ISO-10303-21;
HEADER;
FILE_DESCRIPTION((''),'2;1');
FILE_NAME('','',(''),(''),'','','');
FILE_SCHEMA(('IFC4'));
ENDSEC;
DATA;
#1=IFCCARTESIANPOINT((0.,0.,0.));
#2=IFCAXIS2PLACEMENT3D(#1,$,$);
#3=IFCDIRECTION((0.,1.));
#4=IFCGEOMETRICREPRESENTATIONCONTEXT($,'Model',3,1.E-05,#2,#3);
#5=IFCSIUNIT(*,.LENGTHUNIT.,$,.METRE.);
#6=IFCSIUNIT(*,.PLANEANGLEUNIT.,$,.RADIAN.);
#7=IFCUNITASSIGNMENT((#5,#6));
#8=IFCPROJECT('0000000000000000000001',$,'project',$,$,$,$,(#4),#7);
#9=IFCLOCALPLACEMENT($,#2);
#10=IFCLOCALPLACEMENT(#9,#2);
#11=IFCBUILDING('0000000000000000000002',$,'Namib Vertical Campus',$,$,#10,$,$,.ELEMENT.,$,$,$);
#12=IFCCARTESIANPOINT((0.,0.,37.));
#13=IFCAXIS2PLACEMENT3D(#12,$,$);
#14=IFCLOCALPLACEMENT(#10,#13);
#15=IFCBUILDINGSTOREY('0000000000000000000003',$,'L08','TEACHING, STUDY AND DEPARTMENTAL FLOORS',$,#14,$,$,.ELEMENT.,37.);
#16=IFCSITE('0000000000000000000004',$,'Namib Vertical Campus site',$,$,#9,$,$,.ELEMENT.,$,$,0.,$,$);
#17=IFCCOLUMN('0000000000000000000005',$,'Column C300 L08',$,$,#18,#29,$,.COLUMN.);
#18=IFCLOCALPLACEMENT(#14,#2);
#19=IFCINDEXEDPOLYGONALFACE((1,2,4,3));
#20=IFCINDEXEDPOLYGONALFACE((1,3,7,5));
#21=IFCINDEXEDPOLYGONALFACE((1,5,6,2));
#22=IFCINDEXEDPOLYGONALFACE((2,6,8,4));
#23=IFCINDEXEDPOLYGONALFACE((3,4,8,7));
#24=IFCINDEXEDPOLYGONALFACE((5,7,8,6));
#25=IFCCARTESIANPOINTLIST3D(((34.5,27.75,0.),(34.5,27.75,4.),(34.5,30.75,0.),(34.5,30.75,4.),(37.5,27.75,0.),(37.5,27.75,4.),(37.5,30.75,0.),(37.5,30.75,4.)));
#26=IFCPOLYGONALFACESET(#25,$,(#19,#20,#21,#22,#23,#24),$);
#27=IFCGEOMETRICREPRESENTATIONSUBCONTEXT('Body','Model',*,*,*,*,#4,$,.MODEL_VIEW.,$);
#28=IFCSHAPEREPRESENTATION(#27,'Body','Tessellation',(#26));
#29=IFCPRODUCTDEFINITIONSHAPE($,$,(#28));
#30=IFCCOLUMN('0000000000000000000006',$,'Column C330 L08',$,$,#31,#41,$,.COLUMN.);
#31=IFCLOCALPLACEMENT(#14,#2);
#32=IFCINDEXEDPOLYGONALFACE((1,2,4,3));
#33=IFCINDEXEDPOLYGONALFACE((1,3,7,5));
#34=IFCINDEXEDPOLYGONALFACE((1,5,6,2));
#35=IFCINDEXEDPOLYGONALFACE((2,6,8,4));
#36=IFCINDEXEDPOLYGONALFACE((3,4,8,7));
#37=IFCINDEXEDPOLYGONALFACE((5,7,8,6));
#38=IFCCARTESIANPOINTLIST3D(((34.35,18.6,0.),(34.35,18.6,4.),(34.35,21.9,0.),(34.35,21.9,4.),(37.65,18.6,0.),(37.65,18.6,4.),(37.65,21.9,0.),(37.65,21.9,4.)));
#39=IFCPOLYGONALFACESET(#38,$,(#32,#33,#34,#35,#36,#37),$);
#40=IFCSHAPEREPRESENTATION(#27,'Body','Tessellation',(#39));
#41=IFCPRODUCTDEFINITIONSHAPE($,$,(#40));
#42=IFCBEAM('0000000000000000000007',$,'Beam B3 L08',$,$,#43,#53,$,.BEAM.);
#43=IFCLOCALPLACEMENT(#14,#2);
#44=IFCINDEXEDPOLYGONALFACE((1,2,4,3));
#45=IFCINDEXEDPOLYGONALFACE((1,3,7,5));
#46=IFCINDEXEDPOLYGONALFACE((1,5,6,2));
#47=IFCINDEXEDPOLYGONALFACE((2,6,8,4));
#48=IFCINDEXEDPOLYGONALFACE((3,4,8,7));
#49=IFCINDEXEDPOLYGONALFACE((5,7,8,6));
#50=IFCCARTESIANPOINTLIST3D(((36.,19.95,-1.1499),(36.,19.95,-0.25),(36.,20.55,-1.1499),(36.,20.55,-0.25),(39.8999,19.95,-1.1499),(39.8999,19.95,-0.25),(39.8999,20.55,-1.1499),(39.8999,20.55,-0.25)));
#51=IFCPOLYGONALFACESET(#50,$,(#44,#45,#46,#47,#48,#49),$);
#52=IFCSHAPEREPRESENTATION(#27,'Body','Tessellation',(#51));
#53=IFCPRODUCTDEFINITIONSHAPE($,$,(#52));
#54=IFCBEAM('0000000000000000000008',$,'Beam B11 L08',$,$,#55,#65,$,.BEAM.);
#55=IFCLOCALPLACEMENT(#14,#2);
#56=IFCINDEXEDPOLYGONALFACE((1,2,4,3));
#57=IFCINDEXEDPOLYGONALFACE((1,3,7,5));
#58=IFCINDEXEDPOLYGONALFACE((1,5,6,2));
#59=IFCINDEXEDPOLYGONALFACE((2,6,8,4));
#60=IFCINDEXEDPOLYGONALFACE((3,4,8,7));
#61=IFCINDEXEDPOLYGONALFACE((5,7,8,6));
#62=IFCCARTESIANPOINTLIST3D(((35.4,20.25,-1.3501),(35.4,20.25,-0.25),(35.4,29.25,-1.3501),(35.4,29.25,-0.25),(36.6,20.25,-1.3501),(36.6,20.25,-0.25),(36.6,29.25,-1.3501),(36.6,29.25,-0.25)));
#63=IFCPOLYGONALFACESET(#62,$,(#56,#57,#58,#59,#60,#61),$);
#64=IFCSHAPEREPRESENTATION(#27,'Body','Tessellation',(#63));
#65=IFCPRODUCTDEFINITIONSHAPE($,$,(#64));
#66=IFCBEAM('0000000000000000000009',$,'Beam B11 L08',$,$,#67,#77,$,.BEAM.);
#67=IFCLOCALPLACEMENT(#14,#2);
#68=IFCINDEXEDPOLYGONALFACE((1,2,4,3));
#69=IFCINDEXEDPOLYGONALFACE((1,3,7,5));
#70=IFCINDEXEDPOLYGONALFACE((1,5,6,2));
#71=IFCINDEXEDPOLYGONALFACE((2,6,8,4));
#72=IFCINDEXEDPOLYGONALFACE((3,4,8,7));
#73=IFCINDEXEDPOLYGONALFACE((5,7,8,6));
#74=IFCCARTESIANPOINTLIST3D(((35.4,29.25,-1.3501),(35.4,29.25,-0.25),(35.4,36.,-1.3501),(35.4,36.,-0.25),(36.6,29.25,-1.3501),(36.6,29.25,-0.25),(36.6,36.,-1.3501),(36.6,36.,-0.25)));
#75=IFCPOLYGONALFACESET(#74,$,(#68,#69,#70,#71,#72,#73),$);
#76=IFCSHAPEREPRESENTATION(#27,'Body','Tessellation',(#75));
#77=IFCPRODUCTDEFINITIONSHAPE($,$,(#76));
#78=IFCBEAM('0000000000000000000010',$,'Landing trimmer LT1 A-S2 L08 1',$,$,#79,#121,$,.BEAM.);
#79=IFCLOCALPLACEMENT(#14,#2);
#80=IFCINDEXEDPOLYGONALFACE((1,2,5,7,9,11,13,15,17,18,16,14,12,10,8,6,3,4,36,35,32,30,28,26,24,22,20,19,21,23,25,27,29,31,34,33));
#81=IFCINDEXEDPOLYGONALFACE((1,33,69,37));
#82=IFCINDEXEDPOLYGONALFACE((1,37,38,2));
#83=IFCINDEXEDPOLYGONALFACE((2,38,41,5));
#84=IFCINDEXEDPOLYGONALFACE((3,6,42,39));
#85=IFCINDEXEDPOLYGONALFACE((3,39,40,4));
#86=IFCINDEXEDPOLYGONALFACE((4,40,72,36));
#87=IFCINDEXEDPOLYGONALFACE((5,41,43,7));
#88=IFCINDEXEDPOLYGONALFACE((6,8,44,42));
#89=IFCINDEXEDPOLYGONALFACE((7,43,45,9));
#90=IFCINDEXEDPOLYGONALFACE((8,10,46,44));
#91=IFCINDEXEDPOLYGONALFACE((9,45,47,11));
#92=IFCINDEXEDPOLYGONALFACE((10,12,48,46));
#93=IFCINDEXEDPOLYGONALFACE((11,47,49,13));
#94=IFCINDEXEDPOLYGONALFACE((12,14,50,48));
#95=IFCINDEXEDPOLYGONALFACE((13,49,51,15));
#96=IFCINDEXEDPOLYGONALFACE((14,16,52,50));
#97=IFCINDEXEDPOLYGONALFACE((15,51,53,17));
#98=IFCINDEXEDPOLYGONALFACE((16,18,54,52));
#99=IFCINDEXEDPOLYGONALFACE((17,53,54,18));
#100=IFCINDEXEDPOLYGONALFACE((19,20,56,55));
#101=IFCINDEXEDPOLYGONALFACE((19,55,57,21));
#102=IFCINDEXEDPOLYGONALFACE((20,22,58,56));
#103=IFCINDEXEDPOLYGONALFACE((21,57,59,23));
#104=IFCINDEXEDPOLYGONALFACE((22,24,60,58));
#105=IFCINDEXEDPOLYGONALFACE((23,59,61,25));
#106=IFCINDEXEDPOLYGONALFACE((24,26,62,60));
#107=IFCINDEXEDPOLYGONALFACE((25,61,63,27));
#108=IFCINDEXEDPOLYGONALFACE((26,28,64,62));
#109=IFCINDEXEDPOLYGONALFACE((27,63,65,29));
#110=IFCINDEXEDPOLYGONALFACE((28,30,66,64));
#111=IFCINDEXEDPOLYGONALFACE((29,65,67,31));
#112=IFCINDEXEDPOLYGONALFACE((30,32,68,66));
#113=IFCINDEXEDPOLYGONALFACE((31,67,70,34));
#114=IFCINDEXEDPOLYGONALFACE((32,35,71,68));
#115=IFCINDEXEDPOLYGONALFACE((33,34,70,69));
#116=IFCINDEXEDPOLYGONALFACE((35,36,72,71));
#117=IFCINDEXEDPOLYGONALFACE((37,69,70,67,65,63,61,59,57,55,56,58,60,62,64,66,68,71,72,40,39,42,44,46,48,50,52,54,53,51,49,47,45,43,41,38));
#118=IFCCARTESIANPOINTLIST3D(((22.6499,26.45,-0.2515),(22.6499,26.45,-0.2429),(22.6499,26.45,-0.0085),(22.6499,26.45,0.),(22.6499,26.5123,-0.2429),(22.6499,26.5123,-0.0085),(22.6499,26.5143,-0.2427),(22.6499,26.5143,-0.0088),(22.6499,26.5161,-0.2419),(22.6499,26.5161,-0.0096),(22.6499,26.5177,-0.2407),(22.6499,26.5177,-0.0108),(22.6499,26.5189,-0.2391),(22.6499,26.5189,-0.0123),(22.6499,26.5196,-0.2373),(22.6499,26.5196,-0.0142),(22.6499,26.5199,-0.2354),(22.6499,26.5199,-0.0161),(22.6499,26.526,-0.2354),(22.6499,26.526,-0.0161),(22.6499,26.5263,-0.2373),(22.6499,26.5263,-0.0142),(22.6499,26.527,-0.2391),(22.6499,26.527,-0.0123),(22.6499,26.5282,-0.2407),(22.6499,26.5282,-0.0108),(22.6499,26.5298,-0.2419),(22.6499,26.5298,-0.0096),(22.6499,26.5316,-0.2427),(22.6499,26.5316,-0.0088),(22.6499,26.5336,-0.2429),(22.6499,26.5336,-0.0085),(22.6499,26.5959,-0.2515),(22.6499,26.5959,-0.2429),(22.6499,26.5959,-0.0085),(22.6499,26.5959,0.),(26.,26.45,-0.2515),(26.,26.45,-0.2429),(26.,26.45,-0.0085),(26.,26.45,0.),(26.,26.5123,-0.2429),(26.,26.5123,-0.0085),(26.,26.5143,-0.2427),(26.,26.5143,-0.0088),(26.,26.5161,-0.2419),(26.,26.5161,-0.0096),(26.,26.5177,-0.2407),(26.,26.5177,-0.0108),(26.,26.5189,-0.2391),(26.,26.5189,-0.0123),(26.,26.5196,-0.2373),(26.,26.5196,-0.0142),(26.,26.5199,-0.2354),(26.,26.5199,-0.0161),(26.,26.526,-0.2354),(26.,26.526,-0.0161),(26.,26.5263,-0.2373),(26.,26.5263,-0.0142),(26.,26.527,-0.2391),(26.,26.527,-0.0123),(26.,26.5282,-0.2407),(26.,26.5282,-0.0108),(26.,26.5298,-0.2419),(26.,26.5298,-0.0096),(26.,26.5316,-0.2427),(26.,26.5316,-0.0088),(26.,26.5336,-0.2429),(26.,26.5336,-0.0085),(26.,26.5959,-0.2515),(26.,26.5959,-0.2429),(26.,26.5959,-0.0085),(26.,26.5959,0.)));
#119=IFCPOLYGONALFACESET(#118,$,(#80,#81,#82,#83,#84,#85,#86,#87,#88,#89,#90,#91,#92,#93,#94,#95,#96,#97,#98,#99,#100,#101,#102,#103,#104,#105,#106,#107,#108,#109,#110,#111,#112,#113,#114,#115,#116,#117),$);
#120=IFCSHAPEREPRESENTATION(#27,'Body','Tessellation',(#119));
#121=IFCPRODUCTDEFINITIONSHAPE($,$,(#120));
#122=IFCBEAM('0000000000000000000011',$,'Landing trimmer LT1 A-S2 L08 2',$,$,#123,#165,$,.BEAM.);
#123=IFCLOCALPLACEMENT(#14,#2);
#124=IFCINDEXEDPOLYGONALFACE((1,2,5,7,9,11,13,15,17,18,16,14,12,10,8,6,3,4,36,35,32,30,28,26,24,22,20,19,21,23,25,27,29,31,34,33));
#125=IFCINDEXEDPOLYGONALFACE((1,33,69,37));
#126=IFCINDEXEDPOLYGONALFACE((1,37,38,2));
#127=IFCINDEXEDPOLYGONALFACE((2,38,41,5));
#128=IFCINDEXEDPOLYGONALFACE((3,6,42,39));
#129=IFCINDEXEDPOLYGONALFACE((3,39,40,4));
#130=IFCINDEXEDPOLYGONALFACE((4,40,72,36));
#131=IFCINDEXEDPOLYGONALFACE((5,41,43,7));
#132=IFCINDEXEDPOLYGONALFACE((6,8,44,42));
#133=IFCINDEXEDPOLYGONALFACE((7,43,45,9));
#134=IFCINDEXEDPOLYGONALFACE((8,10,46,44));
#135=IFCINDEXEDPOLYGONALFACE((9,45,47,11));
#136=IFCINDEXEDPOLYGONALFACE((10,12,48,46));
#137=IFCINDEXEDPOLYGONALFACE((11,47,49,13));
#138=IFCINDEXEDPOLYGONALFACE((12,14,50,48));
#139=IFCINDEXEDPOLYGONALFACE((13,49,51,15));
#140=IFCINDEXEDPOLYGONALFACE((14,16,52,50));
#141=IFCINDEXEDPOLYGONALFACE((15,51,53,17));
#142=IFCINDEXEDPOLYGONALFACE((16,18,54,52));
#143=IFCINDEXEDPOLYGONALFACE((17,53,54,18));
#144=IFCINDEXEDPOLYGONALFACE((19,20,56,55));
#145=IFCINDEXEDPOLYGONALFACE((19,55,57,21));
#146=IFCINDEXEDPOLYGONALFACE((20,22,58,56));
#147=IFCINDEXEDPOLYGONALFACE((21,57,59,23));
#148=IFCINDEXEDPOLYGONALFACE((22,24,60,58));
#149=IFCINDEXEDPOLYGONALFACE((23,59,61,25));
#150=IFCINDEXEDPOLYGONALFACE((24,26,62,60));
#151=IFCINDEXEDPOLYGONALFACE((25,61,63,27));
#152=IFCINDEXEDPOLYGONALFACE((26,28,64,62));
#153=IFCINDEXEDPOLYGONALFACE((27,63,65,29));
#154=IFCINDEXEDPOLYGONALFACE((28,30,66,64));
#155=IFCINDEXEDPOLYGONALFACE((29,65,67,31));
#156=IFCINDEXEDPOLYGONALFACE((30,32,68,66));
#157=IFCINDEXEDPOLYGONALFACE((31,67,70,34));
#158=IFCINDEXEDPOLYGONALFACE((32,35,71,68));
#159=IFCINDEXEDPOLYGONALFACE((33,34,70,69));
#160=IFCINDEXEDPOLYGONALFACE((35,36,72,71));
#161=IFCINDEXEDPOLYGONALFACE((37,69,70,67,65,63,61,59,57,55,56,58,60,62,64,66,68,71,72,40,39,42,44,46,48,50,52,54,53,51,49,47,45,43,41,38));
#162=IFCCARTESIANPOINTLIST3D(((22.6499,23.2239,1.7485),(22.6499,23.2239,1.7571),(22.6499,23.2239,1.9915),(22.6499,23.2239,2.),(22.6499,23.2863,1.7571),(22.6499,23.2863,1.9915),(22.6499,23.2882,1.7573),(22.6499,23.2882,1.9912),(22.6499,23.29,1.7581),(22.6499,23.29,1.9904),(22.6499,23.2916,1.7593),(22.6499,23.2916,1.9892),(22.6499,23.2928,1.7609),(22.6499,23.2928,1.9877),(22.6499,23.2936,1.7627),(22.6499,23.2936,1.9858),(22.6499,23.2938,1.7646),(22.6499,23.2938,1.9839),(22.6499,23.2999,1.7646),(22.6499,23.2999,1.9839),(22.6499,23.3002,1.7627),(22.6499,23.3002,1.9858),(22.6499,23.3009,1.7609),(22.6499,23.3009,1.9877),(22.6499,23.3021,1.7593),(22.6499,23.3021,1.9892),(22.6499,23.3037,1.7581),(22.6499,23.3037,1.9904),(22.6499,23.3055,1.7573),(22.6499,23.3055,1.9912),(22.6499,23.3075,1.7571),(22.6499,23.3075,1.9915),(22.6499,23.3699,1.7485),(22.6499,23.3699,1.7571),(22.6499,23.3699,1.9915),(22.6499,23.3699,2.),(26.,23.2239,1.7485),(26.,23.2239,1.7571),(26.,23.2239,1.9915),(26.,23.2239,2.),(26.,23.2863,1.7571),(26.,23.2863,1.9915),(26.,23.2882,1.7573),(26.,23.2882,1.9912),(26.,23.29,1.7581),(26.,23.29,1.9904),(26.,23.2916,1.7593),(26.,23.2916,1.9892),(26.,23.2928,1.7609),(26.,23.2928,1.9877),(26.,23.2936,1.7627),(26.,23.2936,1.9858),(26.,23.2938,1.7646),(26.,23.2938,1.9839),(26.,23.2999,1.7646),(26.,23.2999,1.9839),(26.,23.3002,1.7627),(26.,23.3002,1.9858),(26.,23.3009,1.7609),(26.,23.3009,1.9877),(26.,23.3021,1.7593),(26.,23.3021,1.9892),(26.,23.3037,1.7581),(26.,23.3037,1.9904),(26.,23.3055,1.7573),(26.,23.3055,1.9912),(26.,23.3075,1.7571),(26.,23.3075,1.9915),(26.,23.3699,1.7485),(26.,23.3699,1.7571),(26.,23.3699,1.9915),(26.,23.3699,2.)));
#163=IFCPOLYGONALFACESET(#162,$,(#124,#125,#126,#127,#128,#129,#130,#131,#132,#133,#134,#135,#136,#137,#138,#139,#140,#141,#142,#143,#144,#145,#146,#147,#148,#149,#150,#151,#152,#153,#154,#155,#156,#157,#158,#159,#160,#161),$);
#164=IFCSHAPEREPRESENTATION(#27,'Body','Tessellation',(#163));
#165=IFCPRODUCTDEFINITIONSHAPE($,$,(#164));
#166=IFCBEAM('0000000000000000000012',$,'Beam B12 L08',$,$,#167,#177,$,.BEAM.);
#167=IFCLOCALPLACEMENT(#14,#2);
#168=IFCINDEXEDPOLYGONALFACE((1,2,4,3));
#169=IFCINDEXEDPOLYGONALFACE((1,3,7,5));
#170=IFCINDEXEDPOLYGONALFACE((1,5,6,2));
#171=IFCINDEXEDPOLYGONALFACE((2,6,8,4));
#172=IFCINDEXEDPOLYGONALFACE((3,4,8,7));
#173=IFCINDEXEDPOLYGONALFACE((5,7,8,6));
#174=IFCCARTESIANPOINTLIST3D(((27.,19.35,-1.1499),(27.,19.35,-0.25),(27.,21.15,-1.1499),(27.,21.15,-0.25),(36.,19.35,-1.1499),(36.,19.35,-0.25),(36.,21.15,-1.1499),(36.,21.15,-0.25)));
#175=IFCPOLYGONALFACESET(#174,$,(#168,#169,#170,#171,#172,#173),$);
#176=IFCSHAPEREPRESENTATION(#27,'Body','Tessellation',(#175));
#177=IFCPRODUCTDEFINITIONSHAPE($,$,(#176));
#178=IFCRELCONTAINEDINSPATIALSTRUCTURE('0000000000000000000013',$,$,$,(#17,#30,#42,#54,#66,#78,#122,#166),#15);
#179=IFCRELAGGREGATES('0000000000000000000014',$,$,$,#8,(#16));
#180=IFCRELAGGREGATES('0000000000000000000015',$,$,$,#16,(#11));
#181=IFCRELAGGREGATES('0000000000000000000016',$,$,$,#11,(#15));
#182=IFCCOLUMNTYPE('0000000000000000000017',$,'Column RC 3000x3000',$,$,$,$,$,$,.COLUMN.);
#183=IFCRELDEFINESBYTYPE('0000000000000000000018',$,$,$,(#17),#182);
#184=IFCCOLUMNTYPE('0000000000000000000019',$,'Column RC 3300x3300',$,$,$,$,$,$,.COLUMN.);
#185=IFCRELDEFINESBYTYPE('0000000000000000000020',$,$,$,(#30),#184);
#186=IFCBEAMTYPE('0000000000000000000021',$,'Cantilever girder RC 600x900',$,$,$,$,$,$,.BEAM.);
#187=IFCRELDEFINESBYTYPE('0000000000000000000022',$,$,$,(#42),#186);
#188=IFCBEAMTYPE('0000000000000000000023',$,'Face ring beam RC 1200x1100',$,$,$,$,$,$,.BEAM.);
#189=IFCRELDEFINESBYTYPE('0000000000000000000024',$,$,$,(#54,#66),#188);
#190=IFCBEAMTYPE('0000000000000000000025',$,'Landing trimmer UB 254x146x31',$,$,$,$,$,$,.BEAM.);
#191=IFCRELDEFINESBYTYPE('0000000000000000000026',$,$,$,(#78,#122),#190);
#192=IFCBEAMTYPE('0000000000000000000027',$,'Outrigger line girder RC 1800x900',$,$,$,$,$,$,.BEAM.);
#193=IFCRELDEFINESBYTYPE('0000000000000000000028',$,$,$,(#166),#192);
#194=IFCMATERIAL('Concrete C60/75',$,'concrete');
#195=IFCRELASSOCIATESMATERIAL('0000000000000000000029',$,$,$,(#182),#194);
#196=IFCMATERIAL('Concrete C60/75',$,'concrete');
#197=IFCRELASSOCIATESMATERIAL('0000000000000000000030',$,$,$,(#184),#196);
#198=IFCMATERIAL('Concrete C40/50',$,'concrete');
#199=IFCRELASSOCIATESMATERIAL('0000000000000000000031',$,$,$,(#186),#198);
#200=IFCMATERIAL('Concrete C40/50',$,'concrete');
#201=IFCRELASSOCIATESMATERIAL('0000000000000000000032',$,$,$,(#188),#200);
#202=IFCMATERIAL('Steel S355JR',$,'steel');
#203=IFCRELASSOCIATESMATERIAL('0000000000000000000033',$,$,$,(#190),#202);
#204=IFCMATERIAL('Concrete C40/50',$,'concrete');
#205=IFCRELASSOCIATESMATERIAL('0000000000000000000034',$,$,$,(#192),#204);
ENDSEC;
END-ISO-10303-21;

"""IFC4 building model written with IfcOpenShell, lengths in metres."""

from ifc_helpers import new_model, si_unit, direction, frame, origin, origin_2d, place, context, subcontext, project, spatial, rectangle, i_section, extrude, material, material_profile, profile_set, type_object, element, save


model = new_model("IFC4")

# Units and contexts
model_context = context("Model", 3, precision=1e-05, world=origin(), true_north=direction((0.0, 1.0)))
body_context = subcontext(model_context, "Body", "Model", "MODEL_VIEW")
ifc_project = project(units=[si_unit("LENGTHUNIT", "METRE"), si_unit("PLANEANGLEUNIT", "RADIAN")], contexts=[model_context])

# Site, building, storey
site_placement = place(None, origin())
site = spatial("IfcSite", under=ifc_project, at=site_placement, Name="Namib Vertical Campus site", CompositionType="ELEMENT", RefElevation=0.0)
building_placement = place(site_placement, origin())
building = spatial("IfcBuilding", under=site, at=building_placement, Name="Namib Vertical Campus", CompositionType="ELEMENT")
storey_placement = place(building_placement, frame((0.0, 0.0, 37.0)))
storey = spatial("IfcBuildingStorey", under=building, at=storey_placement, Name="L08", Description="TEACHING, STUDY AND DEPARTMENTAL FLOORS", CompositionType="ELEMENT", Elevation=37.0)

# Columns
ifc_material_1 = material(Name="Concrete C60/75", Category="concrete")
ifc_material_profile_1 = material_profile(ifc_material_1, rectangle(XDim=3.0, YDim=3.0, at=origin_2d()))
ifc_profile_set_1 = profile_set([ifc_material_profile_1], Name="Concrete C60/75")
column_type_1 = type_object("IfcColumnType", Name="Column RC 3000x3000", PredefinedType="COLUMN", material=ifc_profile_set_1)
column_1_placement = place(storey_placement, frame((36.0, 29.25, 0.0), z_axis=(0.0, 0.0, 1.0), x_axis=(1.0, 0.0, 0.0)))
element("IfcColumn", 1, at=column_1_placement, inside=storey, type_object=column_type_1, Name="Column C300 L08", PredefinedType="COLUMN", context=body_context, shape_type="SweptSolid", body=[
    extrude(rectangle(XDim=3.0, YDim=3.0, at=origin_2d()), origin(), (0.0, 0.0, 1.0), 4.0),
])
ifc_material_2 = material(Name="Concrete C60/75", Category="concrete")
ifc_material_profile_2 = material_profile(ifc_material_2, rectangle(XDim=3.3, YDim=3.3, at=origin_2d()))
ifc_profile_set_2 = profile_set([ifc_material_profile_2], Name="Concrete C60/75")
column_type_2 = type_object("IfcColumnType", Name="Column RC 3300x3300", PredefinedType="COLUMN", material=ifc_profile_set_2)
column_2_placement = place(storey_placement, frame((36.0, 20.25, 0.0), z_axis=(0.0, 0.0, 1.0), x_axis=(1.0, 0.0, 0.0)))
element("IfcColumn", 2, at=column_2_placement, inside=storey, type_object=column_type_2, Name="Column C330 L08", PredefinedType="COLUMN", context=body_context, shape_type="SweptSolid", body=[
    extrude(rectangle(XDim=3.3, YDim=3.3, at=origin_2d()), origin(), (0.0, 0.0, 1.0), 4.0),
])

# Beams
ifc_material_3 = material(Name="Concrete C40/50", Category="concrete")
ifc_material_profile_3 = material_profile(ifc_material_3, rectangle(XDim=0.6001, YDim=0.8999, at=origin_2d()))
ifc_profile_set_3 = profile_set([ifc_material_profile_3], Name="Concrete C40/50")
beam_type_1 = type_object("IfcBeamType", Name="Cantilever girder RC 600x900", PredefinedType="BEAM", material=ifc_profile_set_3)
beam_1_placement = place(storey_placement, frame((36.0, 20.25, -0.7), z_axis=(1.0, 0.0, 0.0), x_axis=(0.0, 1.0, 0.0)))
element("IfcBeam", 3, at=beam_1_placement, inside=storey, type_object=beam_type_1, Name="Beam B3 L08", PredefinedType="BEAM", context=body_context, shape_type="SweptSolid", body=[
    extrude(rectangle(XDim=0.6001, YDim=0.8999, at=origin_2d()), origin(), (0.0, 0.0, 1.0), 3.8999),
])
ifc_material_4 = material(Name="Concrete C40/50", Category="concrete")
ifc_material_profile_4 = material_profile(ifc_material_4, rectangle(XDim=1.2, YDim=1.1001, at=origin_2d()))
ifc_profile_set_4 = profile_set([ifc_material_profile_4], Name="Concrete C40/50")
beam_type_2 = type_object("IfcBeamType", Name="Face ring beam RC 1200x1100", PredefinedType="BEAM", material=ifc_profile_set_4)
beam_2_placement = place(storey_placement, frame((36.0, 20.25, -0.8), z_axis=(0.0, 1.0, 0.0), x_axis=(-1.0, 0.0, 0.0)))
element("IfcBeam", 4, at=beam_2_placement, inside=storey, type_object=beam_type_2, Name="Beam B11 L08", PredefinedType="BEAM", context=body_context, shape_type="SweptSolid", body=[
    extrude(rectangle(XDim=1.2, YDim=1.1001, at=origin_2d()), origin(), (0.0, 0.0, 1.0), 9.0),
])
beam_3_placement = place(storey_placement, frame((36.0, 29.25, -0.8), z_axis=(0.0, 1.0, 0.0), x_axis=(-1.0, 0.0, 0.0)))
element("IfcBeam", 5, at=beam_3_placement, inside=storey, type_object=beam_type_2, Name="Beam B11 L08", PredefinedType="BEAM", context=body_context, shape_type="SweptSolid", body=[
    extrude(rectangle(XDim=1.2, YDim=1.1001, at=origin_2d()), origin(), (0.0, 0.0, 1.0), 6.75),
])
ifc_material_5 = material(Name="Steel S355JR", Category="steel")
ifc_material_profile_5 = material_profile(ifc_material_5, i_section(OverallWidth=0.146, OverallDepth=0.2515, WebThickness=0.0061, FlangeThickness=0.0085, FilletRadius=0.0076, at=origin_2d()))
ifc_profile_set_5 = profile_set([ifc_material_profile_5], Name="Steel S355JR")
beam_type_3 = type_object("IfcBeamType", Name="Landing trimmer UB 254x146x31", PredefinedType="BEAM", material=ifc_profile_set_5)
for number, where, z_axis, x_axis, name in (
    (6, (22.6499, 26.5229, -0.1257), (1.0, 0.0, 0.0), (0.0, 1.0, 0.0), "Landing trimmer LT1 A-S2 L08 1"),
    (7, (22.6499, 23.2969, 1.8743), (1.0, 0.0, 0.0), (0.0, 1.0, 0.0), "Landing trimmer LT1 A-S2 L08 2"),
):
    element("IfcBeam", number, at=place(storey_placement, frame(where, z_axis=z_axis, x_axis=x_axis)), inside=storey, type_object=beam_type_3, Name=name, PredefinedType="BEAM", context=body_context, shape_type="SweptSolid", body=[
        extrude(i_section(OverallWidth=0.146, OverallDepth=0.2515, WebThickness=0.0061, FlangeThickness=0.0085, FilletRadius=0.0076, at=origin_2d()), origin(), (0.0, 0.0, 1.0), 3.3501),
    ])
ifc_material_6 = material(Name="Concrete C40/50", Category="concrete")
ifc_material_profile_6 = material_profile(ifc_material_6, rectangle(XDim=1.8, YDim=0.8999, at=origin_2d()))
ifc_profile_set_6 = profile_set([ifc_material_profile_6], Name="Concrete C40/50")
beam_type_4 = type_object("IfcBeamType", Name="Outrigger line girder RC 1800x900", PredefinedType="BEAM", material=ifc_profile_set_6)
beam_4_placement = place(storey_placement, frame((36.0, 20.25, -0.7), z_axis=(-1.0, 0.0, 0.0), x_axis=(0.0, -1.0, 0.0)))
element("IfcBeam", 8, at=beam_4_placement, inside=storey, type_object=beam_type_4, Name="Beam B12 L08", PredefinedType="BEAM", context=body_context, shape_type="SweptSolid", body=[
    extrude(rectangle(XDim=1.8, YDim=0.8999, at=origin_2d()), origin(), (0.0, 0.0, 1.0), 9.0),
])

save(model, "model.ifc")
